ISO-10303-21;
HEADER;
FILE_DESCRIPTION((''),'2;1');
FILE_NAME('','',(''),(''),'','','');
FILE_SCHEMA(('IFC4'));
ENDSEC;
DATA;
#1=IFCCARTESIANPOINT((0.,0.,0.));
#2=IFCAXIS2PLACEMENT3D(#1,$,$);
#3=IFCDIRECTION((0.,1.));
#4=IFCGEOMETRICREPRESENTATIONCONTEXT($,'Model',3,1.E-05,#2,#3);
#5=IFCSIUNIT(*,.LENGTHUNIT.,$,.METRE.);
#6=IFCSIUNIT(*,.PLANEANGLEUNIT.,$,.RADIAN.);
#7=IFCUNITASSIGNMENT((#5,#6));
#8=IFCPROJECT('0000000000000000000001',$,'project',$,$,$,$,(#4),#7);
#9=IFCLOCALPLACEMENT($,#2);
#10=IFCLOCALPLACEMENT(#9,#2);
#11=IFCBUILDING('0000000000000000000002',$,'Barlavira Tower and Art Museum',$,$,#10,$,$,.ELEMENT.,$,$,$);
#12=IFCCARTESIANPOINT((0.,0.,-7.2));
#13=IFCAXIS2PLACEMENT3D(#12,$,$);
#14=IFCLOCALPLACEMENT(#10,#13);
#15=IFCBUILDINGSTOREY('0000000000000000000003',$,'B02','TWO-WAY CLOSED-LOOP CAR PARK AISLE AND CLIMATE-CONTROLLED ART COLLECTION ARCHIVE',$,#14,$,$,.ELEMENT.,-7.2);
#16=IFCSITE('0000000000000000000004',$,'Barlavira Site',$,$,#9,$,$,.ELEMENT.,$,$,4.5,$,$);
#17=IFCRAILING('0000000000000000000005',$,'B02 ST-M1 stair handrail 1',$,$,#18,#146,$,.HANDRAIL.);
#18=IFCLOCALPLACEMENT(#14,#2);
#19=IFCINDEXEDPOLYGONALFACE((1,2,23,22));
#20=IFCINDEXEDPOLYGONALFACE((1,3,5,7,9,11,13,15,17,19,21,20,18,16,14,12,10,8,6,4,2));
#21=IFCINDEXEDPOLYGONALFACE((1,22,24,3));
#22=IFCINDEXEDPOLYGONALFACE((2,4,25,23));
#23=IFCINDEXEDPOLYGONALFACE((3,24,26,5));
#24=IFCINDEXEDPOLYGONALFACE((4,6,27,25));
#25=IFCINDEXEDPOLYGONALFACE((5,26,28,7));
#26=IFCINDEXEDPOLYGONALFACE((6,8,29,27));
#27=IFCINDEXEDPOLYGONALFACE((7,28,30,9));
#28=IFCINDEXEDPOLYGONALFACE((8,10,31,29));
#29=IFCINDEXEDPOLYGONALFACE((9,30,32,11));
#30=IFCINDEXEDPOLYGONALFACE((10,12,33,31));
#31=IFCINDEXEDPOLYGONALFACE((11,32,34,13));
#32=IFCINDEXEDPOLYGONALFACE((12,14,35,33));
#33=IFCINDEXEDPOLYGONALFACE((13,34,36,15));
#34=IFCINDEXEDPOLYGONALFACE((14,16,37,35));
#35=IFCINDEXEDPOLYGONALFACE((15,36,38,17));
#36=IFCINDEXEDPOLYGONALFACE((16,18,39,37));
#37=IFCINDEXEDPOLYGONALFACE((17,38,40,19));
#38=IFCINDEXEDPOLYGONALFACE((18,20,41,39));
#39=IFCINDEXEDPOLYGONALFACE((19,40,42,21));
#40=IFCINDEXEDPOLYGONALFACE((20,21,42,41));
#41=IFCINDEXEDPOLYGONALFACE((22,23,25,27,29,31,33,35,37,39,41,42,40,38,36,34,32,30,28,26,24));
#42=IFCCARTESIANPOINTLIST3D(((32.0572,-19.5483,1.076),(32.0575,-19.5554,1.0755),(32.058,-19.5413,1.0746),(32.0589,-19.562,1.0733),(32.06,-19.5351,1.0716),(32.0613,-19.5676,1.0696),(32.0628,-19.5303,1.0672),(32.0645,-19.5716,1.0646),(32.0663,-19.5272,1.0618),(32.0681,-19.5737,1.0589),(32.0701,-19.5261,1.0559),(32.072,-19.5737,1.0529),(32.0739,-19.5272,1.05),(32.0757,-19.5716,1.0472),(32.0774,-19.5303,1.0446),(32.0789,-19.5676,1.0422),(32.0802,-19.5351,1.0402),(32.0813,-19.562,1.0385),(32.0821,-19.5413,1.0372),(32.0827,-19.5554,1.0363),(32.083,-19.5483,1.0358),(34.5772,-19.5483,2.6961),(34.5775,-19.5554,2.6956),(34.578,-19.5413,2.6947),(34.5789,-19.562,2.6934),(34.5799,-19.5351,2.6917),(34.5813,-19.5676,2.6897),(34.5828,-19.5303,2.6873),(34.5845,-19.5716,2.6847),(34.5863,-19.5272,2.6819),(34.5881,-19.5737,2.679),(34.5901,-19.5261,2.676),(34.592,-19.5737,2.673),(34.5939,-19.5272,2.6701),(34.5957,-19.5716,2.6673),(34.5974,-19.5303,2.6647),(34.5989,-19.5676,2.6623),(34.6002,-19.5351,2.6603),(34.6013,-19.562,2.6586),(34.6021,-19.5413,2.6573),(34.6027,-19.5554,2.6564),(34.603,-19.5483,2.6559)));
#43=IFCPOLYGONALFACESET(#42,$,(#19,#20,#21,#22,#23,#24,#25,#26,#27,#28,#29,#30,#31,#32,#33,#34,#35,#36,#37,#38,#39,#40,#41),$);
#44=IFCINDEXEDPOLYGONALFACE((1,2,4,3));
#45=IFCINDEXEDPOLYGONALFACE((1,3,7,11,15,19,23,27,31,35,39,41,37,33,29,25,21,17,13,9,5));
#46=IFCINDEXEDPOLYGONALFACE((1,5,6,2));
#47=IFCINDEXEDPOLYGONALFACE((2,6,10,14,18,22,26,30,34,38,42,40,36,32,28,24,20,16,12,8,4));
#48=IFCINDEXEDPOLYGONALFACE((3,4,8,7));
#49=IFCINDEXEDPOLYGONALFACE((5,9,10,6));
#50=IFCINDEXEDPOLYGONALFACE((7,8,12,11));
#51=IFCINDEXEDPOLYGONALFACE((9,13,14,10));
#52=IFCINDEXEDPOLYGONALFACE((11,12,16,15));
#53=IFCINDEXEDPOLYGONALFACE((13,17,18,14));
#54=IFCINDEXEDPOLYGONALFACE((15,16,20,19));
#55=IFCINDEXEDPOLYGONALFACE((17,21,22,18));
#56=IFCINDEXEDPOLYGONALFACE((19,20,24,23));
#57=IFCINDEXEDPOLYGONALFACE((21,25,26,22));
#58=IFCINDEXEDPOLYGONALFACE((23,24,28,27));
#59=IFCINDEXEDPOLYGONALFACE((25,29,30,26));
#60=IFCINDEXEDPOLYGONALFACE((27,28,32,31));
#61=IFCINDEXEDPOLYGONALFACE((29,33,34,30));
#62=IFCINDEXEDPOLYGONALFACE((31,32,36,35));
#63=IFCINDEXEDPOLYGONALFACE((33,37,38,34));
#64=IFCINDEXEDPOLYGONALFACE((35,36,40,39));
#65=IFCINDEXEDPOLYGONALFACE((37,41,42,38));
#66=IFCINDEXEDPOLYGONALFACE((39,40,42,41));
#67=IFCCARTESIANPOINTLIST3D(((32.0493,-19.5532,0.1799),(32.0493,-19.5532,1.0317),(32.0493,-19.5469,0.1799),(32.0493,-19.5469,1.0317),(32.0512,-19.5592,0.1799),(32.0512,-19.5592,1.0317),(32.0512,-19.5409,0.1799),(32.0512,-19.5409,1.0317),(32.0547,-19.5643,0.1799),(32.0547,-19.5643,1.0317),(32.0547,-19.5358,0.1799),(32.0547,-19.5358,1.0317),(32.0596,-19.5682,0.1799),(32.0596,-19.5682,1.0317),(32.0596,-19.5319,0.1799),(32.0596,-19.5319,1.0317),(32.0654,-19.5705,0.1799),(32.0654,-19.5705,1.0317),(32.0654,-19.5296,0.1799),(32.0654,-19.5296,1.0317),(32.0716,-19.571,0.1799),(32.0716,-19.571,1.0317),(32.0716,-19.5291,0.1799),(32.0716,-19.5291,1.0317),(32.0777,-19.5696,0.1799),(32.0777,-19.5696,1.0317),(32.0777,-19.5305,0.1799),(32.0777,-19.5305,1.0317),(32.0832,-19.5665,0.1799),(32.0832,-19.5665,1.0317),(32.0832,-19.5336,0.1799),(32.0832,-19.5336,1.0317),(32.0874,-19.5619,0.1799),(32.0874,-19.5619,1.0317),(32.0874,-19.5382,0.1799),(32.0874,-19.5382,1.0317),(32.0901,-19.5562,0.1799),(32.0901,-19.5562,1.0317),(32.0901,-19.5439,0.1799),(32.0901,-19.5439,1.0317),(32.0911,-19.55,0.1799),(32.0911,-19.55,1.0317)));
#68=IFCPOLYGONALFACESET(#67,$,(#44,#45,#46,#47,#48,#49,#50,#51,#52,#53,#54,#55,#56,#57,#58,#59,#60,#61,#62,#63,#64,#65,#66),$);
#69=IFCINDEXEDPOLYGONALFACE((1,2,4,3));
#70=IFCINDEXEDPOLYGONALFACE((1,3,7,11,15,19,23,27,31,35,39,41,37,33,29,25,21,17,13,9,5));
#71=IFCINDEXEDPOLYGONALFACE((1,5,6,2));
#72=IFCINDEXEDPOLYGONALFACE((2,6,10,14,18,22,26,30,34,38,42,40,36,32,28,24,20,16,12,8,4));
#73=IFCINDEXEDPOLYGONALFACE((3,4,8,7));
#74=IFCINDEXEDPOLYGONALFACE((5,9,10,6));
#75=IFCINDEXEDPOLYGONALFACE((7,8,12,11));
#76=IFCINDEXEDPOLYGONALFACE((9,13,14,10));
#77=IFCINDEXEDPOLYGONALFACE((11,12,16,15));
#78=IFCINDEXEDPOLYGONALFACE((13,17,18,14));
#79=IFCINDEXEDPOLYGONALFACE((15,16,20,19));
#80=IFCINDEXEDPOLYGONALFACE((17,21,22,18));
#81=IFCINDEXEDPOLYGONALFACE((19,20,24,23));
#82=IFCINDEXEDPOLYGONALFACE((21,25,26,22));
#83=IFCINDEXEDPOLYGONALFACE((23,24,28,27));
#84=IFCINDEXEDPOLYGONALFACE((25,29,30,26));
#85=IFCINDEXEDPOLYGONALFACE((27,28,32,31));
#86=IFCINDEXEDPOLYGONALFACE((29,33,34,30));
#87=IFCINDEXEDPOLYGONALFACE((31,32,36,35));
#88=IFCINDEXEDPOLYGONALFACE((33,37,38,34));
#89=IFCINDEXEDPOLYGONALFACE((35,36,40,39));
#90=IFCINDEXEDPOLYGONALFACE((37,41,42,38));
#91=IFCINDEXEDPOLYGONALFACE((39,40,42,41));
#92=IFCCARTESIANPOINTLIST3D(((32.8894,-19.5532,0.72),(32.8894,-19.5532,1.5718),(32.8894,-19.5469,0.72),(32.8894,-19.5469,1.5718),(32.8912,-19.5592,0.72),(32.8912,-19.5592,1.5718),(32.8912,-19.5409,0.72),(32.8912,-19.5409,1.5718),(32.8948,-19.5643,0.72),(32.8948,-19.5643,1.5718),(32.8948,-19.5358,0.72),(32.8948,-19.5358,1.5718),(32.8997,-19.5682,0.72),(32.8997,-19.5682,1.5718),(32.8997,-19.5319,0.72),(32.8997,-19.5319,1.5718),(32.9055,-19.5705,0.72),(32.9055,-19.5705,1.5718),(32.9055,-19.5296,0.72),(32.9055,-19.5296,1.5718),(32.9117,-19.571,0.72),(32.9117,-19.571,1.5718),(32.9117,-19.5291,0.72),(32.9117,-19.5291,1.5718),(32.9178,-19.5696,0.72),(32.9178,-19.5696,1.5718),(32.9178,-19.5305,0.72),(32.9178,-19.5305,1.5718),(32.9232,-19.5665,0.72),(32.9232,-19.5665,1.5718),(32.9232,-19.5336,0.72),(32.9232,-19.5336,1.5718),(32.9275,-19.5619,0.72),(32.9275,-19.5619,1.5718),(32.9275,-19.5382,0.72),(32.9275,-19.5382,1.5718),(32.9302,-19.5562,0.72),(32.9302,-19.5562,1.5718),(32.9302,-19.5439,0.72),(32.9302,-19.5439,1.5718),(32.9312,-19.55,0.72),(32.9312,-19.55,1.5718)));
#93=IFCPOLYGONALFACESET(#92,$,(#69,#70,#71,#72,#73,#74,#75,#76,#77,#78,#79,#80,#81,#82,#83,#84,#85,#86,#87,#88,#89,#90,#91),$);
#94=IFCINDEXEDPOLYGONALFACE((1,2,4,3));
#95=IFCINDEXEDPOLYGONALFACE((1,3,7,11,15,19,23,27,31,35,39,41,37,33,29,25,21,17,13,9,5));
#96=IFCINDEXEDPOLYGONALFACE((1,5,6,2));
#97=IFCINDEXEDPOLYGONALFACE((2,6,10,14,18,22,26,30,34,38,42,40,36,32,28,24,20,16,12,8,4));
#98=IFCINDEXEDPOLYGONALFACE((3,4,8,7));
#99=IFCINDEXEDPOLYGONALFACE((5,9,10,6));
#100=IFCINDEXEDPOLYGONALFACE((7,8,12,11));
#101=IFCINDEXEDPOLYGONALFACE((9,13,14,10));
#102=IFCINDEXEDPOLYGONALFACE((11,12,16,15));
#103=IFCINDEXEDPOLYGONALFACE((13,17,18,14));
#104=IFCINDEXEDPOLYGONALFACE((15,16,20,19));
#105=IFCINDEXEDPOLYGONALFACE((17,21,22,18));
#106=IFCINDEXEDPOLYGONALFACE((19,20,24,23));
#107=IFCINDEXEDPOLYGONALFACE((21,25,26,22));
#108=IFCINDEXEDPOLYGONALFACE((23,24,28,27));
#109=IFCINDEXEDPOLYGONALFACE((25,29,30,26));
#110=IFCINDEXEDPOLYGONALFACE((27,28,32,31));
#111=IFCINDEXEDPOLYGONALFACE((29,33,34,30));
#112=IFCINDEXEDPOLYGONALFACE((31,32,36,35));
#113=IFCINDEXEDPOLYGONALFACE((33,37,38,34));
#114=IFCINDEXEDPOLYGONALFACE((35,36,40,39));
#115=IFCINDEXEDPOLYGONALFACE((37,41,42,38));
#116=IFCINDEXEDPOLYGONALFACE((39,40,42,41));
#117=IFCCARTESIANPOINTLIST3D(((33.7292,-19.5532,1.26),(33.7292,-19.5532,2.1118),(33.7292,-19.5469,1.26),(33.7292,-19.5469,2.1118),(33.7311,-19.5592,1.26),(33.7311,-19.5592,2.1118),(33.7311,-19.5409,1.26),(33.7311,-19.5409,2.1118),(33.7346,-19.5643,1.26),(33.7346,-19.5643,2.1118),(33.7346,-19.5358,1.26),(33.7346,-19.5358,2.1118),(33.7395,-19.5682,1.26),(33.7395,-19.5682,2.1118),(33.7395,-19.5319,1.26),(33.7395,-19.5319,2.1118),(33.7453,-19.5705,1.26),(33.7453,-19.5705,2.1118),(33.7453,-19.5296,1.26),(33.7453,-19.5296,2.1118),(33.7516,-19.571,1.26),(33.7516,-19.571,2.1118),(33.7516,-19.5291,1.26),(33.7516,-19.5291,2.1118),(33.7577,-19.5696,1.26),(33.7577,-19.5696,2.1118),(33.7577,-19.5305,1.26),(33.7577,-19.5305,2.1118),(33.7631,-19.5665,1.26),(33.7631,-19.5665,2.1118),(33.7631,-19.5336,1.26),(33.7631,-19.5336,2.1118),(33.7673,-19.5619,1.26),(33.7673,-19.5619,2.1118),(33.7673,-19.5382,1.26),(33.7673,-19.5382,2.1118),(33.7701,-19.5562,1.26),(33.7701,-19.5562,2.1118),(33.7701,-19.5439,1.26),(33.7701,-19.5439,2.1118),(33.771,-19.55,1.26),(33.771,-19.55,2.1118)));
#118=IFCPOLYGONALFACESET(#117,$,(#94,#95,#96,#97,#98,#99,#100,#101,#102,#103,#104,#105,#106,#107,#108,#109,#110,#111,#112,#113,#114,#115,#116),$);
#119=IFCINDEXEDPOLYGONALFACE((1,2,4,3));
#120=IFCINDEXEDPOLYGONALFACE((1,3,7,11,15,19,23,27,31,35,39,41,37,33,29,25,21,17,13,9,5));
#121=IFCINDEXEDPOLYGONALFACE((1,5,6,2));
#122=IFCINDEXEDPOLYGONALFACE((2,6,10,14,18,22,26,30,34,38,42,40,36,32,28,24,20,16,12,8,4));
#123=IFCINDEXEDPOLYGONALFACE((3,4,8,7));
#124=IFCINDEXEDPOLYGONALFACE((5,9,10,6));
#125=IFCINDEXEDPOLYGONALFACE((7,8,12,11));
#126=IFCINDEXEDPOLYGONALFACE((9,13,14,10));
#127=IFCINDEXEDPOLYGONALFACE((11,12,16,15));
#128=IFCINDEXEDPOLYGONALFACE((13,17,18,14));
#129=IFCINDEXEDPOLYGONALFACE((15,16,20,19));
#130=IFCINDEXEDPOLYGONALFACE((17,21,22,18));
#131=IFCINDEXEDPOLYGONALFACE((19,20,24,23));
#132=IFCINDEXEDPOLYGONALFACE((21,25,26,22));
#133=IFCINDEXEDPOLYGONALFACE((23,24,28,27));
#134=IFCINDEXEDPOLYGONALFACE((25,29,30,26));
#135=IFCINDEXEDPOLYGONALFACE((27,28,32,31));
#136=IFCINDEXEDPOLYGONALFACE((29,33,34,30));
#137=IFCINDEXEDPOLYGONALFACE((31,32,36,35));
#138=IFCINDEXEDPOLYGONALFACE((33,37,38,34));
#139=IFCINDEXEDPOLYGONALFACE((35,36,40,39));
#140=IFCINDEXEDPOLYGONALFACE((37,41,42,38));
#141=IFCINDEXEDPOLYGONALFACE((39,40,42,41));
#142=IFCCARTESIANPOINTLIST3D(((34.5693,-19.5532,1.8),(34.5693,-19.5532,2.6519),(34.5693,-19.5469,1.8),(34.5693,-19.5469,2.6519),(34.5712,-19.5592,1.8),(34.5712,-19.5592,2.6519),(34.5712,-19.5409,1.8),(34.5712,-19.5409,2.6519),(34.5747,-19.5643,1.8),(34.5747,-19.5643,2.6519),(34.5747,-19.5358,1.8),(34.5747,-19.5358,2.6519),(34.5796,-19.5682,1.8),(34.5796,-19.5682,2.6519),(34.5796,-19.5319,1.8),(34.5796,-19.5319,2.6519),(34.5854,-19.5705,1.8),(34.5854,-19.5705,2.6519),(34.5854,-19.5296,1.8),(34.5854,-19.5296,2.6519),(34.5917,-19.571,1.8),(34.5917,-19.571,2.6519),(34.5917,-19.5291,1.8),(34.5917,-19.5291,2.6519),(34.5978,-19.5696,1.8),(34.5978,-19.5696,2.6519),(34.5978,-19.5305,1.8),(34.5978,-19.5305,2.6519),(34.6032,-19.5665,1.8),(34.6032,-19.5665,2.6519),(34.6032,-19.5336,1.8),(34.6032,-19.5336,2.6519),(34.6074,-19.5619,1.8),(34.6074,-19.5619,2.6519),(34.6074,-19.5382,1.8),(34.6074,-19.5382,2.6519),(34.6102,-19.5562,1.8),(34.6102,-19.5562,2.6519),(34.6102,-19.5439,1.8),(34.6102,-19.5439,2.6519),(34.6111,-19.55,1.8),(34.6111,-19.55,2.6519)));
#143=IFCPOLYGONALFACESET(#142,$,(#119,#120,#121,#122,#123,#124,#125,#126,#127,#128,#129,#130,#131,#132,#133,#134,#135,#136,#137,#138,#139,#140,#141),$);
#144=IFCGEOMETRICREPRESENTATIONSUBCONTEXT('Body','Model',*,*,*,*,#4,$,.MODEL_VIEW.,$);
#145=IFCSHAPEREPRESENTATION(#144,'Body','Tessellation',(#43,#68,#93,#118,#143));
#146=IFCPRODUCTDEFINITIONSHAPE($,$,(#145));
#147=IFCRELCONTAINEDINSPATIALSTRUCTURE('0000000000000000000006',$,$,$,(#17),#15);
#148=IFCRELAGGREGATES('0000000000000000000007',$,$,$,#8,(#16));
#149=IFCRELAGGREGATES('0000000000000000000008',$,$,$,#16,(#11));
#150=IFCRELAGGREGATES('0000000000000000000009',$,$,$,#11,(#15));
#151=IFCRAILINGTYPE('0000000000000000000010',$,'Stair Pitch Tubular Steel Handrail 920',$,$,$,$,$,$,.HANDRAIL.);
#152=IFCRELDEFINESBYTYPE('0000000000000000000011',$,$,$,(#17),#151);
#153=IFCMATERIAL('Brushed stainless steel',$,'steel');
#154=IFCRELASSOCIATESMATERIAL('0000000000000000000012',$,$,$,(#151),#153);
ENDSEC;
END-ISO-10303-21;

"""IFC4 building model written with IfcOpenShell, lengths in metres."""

from ifc_helpers import new_model, si_unit, direction, frame, origin, origin_2d, place, context, subcontext, project, spatial, circle, extrude, material, type_object, element, save


model = new_model("IFC4")

# Units and contexts
model_context = context("Model", 3, precision=1e-05, world=origin(), true_north=direction((0.0, 1.0)))
body_context = subcontext(model_context, "Body", "Model", "MODEL_VIEW")
ifc_project = project(units=[si_unit("LENGTHUNIT", "METRE"), si_unit("PLANEANGLEUNIT", "RADIAN")], contexts=[model_context])

# Site, building, storey
site_placement = place(None, origin())
site = spatial("IfcSite", under=ifc_project, at=site_placement, Name="Barlavira Site", CompositionType="ELEMENT", RefElevation=4.5)
building_placement = place(site_placement, origin())
building = spatial("IfcBuilding", under=site, at=building_placement, Name="Barlavira Tower and Art Museum", CompositionType="ELEMENT")
storey_placement = place(building_placement, frame((0.0, 0.0, -7.2)))
storey = spatial("IfcBuildingStorey", under=building, at=storey_placement, Name="B02", Description="TWO-WAY CLOSED-LOOP CAR PARK AISLE AND CLIMATE-CONTROLLED ART COLLECTION ARCHIVE", CompositionType="ELEMENT", Elevation=-7.2)

# Shared definitions
ifc_material_1 = material(Name="Brushed stainless steel", Category="steel")

# Railing
railing_type_1 = type_object("IfcRailingType", Name="Stair Pitch Tubular Steel Handrail 920", PredefinedType="HANDRAIL", material=ifc_material_1)
railing_1_placement = place(storey_placement, frame((32.0701, -19.55, 0.1799)))
element("IfcRailing", 1, at=railing_1_placement, inside=storey, type_object=railing_type_1, Name="B02 ST-M1 stair handrail 1", PredefinedType="HANDRAIL", context=body_context, shape_type="SweptSolid", body=[
    extrude(circle(Radius=0.0239, at=origin_2d()), frame((0.0, 0.0, 0.876), z_axis=(0.841163, 0.0, 0.540782), x_axis=(0.0, 1.0, 0.0)), (0.0, 0.0, 1.0), 2.9958),
    extrude(circle(Radius=0.021, at=origin_2d()), origin(), (0.0, 0.0, 1.0), 0.8518),
    extrude(circle(Radius=0.021, at=origin_2d()), frame((0.8401, 0.0, 0.54)), (0.0, 0.0, 1.0), 0.8518),
    extrude(circle(Radius=0.021, at=origin_2d()), frame((1.6799, 0.0, 1.0801)), (0.0, 0.0, 1.0), 0.8518),
    extrude(circle(Radius=0.021, at=origin_2d()), frame((2.52, 0.0, 1.6201)), (0.0, 0.0, 1.0), 0.8518),
])

save(model, "model.ifc")
